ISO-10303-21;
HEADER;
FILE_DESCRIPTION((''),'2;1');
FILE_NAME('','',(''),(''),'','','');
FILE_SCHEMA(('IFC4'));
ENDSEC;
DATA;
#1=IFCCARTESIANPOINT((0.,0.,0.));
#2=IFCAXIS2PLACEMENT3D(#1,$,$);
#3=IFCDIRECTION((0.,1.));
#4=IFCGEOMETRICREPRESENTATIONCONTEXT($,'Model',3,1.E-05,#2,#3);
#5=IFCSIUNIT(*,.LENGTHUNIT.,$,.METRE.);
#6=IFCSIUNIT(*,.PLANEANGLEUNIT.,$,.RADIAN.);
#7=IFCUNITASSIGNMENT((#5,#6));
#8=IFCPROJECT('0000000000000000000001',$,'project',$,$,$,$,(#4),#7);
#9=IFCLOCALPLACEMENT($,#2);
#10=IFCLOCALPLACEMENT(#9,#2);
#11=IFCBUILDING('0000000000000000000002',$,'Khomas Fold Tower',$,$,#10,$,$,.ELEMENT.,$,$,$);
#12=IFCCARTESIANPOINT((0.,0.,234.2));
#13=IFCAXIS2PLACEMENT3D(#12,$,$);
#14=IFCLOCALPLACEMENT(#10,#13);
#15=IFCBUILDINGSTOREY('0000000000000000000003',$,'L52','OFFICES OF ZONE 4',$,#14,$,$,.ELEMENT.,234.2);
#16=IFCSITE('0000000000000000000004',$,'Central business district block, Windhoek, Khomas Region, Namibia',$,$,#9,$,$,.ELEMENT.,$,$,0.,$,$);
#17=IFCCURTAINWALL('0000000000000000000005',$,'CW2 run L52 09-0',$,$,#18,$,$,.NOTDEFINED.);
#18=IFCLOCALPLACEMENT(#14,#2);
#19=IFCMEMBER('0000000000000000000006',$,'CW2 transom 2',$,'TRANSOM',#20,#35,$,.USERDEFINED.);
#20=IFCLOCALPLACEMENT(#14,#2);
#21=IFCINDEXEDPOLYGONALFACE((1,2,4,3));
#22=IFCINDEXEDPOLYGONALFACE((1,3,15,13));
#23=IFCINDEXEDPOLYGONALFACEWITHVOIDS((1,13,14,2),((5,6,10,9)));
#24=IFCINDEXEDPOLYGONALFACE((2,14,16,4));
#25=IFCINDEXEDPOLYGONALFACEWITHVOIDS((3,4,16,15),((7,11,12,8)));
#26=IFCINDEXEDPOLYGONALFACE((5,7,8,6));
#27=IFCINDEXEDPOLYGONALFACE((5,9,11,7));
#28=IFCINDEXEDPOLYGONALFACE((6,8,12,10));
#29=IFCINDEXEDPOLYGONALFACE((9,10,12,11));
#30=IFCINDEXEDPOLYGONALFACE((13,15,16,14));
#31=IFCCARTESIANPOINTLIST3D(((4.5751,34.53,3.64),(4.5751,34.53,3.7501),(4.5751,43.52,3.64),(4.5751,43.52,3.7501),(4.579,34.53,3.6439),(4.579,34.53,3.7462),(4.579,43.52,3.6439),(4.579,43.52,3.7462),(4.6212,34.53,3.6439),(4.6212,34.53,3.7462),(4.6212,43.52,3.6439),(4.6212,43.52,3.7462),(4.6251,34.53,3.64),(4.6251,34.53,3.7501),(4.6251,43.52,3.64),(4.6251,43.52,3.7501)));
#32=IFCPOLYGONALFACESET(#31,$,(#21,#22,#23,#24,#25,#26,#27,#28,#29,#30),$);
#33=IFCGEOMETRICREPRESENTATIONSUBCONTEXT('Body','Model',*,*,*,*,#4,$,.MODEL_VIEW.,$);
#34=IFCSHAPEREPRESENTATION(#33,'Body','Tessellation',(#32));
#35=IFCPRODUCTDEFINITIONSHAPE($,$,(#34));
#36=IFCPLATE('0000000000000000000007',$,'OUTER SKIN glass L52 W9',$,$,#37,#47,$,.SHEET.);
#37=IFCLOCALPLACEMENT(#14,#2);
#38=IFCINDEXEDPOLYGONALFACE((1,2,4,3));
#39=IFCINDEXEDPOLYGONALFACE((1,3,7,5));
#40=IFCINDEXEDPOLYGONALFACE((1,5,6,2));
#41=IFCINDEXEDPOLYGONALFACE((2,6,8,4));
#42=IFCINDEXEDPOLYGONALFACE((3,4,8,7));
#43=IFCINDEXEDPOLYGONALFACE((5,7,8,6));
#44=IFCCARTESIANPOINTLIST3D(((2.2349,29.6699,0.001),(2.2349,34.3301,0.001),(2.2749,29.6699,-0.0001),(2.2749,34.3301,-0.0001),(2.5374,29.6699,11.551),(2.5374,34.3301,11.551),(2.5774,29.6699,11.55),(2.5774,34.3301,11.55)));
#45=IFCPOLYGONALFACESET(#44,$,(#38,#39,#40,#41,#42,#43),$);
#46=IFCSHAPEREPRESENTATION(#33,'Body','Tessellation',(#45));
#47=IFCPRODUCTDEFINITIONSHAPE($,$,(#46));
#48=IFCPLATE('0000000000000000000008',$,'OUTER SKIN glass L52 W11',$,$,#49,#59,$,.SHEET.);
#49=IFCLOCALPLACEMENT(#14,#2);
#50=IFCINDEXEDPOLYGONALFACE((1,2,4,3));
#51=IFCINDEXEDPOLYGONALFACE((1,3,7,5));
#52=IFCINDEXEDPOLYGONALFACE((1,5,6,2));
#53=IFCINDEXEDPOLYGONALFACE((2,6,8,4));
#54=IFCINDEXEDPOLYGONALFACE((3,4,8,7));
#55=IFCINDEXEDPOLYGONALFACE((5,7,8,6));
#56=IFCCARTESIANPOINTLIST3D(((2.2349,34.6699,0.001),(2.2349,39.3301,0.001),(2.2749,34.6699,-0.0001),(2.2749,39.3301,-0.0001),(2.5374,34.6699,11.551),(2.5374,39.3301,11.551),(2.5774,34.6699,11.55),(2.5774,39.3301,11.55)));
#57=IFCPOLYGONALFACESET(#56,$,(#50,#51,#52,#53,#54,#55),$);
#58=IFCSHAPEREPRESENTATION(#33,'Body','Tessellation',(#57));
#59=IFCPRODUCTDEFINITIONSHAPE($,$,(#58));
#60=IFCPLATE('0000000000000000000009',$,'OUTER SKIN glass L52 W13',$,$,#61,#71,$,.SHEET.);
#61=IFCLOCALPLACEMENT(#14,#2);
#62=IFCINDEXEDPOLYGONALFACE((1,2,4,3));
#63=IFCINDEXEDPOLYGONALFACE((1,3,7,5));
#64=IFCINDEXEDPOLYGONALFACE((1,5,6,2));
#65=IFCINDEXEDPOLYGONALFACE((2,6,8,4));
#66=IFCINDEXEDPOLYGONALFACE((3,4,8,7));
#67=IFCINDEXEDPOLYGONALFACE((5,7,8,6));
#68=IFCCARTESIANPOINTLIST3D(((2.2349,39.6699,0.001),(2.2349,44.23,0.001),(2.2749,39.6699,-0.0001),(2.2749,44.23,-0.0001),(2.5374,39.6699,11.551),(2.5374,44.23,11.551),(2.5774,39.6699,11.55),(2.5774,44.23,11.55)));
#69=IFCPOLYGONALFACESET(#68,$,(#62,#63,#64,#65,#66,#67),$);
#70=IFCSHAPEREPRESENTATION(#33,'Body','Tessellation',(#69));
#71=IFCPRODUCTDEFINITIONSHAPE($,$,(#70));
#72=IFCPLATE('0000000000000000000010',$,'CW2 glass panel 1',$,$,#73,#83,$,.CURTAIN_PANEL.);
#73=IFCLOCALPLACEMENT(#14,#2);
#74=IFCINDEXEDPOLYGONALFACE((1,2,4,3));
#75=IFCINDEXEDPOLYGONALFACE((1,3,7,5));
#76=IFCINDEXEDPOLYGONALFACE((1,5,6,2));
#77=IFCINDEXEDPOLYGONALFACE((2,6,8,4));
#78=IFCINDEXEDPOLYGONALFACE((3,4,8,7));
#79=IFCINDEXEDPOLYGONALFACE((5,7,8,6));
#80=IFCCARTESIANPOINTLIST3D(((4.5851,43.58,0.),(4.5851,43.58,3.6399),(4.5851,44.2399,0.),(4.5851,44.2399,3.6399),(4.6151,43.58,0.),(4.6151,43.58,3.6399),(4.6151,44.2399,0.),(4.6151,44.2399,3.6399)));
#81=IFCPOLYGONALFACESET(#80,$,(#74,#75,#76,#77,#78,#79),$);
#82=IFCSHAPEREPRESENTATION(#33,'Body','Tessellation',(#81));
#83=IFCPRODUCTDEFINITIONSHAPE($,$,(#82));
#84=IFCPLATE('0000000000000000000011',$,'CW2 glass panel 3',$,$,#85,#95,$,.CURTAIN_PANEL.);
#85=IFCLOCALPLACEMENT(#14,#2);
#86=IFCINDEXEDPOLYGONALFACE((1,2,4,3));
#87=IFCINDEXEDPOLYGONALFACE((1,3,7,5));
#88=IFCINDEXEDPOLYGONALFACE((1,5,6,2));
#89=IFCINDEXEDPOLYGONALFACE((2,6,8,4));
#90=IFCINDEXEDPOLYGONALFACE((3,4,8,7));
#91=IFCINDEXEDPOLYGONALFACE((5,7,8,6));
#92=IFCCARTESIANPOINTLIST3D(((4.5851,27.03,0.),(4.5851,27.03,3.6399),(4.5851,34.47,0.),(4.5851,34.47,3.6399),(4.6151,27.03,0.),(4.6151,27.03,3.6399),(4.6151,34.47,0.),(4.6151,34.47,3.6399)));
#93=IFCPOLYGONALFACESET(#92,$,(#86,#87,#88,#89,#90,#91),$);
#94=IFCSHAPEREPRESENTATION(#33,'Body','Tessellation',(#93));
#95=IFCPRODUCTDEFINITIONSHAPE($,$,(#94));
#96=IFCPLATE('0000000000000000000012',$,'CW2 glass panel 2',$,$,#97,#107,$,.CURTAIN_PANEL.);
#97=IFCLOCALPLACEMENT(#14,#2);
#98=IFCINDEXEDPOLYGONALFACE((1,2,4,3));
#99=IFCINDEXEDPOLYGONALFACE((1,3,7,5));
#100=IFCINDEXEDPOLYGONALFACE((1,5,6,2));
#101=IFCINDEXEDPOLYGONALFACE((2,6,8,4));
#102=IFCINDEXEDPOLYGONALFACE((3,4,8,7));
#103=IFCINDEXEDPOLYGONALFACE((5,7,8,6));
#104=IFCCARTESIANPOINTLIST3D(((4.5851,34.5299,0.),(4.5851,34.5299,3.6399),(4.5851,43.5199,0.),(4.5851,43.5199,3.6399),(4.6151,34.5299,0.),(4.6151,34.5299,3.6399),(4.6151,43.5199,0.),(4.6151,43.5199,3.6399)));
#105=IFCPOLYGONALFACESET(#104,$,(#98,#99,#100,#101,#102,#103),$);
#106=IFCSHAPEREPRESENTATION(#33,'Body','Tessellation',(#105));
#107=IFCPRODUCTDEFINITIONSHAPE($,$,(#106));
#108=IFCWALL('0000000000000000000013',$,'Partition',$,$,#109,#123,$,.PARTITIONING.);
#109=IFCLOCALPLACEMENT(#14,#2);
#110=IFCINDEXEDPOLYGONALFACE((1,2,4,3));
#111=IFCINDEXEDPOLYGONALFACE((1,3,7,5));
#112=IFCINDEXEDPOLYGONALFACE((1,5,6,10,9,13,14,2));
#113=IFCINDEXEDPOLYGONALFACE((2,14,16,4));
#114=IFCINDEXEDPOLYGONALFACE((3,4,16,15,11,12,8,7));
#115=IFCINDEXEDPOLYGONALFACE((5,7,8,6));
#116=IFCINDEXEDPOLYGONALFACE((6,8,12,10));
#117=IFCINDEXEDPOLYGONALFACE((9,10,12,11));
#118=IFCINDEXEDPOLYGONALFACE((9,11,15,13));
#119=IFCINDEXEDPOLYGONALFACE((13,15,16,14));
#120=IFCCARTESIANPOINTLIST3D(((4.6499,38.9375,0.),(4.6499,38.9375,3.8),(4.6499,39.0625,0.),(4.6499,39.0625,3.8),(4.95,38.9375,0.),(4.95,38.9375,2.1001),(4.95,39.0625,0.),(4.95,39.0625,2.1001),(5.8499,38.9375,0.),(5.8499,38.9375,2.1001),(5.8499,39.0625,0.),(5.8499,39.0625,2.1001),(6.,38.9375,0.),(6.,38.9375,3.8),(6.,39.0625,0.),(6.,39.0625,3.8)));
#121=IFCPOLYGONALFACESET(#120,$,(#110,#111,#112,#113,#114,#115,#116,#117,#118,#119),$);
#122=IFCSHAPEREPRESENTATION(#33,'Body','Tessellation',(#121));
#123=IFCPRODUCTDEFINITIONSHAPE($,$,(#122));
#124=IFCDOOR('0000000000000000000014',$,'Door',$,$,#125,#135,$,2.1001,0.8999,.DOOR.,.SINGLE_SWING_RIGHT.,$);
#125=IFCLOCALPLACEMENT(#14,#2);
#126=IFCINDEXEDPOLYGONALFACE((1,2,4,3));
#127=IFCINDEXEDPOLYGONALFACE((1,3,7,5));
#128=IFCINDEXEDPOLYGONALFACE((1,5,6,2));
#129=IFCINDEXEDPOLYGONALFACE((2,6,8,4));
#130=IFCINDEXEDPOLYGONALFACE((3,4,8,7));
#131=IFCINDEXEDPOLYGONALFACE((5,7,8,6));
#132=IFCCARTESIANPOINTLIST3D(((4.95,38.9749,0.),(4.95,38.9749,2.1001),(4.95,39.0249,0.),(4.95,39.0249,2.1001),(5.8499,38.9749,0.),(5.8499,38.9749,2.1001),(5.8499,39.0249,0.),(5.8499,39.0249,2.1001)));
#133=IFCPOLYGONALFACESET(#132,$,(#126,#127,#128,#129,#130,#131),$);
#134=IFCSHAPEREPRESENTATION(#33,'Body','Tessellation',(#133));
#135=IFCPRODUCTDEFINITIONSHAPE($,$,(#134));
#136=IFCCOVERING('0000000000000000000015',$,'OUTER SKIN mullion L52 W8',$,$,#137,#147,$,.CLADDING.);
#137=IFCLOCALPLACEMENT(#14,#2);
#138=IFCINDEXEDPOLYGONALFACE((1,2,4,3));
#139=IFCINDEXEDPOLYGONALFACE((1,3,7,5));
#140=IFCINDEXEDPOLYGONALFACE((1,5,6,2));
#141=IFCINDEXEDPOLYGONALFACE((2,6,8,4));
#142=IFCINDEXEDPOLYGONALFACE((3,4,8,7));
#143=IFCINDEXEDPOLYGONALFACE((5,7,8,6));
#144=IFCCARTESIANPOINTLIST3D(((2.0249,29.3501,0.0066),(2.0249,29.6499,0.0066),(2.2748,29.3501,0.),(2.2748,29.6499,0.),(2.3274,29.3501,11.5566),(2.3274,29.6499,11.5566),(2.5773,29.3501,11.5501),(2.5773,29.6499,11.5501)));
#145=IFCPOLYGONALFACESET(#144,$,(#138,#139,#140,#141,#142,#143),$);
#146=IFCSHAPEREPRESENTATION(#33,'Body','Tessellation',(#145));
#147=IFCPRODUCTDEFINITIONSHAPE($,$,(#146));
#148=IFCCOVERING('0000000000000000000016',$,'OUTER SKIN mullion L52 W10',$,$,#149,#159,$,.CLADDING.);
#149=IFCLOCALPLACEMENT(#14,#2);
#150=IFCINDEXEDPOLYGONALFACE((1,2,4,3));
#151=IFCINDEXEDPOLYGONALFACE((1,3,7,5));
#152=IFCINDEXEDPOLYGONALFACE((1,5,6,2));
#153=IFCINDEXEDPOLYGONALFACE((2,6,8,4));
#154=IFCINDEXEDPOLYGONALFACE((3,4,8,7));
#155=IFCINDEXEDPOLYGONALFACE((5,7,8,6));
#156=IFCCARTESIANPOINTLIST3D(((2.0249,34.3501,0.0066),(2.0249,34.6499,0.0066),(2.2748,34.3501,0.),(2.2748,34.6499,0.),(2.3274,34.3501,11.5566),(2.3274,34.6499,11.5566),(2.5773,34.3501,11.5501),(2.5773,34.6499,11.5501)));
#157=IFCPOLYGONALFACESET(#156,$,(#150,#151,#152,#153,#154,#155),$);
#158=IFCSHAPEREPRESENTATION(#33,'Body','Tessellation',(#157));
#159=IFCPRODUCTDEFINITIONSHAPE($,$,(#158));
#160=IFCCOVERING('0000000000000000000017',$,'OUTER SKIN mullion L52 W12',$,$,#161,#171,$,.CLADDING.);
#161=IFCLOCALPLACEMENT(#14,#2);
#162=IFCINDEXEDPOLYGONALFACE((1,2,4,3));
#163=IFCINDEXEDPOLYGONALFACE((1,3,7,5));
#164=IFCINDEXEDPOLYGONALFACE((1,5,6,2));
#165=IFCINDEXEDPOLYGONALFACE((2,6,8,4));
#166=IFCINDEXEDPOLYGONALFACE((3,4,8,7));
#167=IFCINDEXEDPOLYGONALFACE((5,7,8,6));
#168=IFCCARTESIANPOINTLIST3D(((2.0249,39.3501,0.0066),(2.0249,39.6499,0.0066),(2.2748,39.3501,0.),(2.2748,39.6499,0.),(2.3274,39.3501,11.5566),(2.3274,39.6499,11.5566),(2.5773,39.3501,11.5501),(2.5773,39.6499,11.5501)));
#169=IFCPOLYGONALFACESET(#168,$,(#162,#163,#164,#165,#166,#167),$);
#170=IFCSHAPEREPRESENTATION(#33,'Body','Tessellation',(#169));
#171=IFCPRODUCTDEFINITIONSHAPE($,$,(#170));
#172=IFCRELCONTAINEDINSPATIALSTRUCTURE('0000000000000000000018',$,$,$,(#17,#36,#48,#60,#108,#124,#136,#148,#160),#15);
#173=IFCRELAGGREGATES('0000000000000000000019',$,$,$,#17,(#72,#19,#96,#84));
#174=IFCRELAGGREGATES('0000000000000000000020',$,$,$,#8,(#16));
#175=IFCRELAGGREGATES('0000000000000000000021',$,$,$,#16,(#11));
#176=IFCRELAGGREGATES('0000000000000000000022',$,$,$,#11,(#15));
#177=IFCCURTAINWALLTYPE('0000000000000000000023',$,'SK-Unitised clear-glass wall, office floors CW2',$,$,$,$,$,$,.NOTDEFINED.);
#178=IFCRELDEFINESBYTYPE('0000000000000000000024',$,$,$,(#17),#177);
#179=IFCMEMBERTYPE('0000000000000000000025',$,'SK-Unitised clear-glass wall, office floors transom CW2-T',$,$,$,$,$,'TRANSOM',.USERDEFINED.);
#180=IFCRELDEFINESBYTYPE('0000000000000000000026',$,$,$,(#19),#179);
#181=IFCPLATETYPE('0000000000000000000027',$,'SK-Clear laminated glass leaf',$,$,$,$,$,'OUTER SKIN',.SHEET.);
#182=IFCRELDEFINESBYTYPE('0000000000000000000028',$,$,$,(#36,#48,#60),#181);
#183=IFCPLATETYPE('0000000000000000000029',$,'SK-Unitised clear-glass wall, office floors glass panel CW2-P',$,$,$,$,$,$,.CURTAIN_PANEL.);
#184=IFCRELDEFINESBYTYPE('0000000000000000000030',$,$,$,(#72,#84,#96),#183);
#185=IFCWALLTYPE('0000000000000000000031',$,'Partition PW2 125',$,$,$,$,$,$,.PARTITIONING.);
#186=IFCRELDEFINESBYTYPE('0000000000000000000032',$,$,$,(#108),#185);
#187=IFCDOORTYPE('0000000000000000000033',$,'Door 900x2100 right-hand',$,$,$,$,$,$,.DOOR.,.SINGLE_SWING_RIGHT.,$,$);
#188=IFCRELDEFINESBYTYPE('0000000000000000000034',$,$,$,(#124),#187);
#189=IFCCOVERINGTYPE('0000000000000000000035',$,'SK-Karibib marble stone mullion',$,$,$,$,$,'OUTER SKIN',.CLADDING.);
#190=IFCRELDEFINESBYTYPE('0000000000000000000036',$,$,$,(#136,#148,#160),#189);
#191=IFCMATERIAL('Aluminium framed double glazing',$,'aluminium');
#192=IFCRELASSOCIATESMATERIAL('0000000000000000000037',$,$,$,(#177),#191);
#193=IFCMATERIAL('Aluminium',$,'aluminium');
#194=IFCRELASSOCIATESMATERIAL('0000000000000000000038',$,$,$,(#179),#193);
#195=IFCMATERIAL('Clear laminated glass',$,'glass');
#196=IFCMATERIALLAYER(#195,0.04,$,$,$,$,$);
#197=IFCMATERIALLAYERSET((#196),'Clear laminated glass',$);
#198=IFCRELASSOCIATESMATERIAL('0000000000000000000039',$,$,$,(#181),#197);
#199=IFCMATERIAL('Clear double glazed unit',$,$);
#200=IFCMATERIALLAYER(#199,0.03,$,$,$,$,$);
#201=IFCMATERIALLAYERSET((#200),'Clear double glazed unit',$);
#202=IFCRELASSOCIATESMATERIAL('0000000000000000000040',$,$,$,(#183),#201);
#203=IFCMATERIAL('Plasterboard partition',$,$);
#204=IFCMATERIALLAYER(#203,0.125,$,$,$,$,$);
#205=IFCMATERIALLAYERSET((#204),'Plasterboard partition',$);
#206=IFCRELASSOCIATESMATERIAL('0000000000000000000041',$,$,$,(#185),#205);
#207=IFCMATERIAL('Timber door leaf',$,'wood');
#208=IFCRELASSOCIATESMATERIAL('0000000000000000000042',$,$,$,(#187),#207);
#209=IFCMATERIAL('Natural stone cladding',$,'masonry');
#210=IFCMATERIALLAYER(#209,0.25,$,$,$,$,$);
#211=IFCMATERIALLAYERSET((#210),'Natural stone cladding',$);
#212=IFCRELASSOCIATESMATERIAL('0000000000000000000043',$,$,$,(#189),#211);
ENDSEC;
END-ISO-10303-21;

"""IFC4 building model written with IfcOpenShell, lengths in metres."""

from ifc_helpers import new_model, si_unit, direction, frame, frame_2d, origin, origin_2d, place, context, subcontext, project, spatial, polyline, rectangle, hollow_rectangle, outline, extrude, source, transform, mapped, material, layer, layer_set, material_profile, profile_set, type_object, element, fill, aggregate, save


model = new_model("IFC4")

# Units and contexts
model_context = context("Model", 3, precision=1e-05, world=origin(), true_north=direction((0.0, 1.0)))
body_context = subcontext(model_context, "Body", "Model", "MODEL_VIEW")
ifc_project = project(units=[si_unit("LENGTHUNIT", "METRE"), si_unit("PLANEANGLEUNIT", "RADIAN")], contexts=[model_context])

# Site, building, storey
site_placement = place(None, origin())
site = spatial("IfcSite", under=ifc_project, at=site_placement, Name="Central business district block, Windhoek, Khomas Region, Namibia", CompositionType="ELEMENT", RefElevation=0.0)
building_placement = place(site_placement, origin())
building = spatial("IfcBuilding", under=site, at=building_placement, Name="Khomas Fold Tower", CompositionType="ELEMENT")
storey_placement = place(building_placement, frame((0.0, 0.0, 234.2)))
storey = spatial("IfcBuildingStorey", under=building, at=storey_placement, Name="L52", Description="OFFICES OF ZONE 4", CompositionType="ELEMENT", Elevation=234.2)

# Curtain wall, member
ifc_material_1 = material(Name="Aluminium framed double glazing", Category="aluminium")
curtain_wall_type = type_object("IfcCurtainWallType", Name="SK-Unitised clear-glass wall, office floors CW2", PredefinedType="NOTDEFINED", material=ifc_material_1)
curtain_wall_placement = place(storey_placement, origin())
curtain_wall = element("IfcCurtainWall", 1, at=curtain_wall_placement, inside=storey, type_object=curtain_wall_type, Name="CW2 run L52 09-0", PredefinedType="NOTDEFINED")
ifc_material_2 = material(Name="Aluminium", Category="aluminium")
ifc_material_profile_1 = material_profile(ifc_material_2, hollow_rectangle(XDim=0.05, YDim=0.1101, WallThickness=0.0039, at=origin_2d()), Name="SK-Unitised clear-glass wall, office floors transom CW2-T")
ifc_profile_set_1 = profile_set([ifc_material_profile_1], Name="Aluminium")
member_type_1 = type_object("IfcMemberType", Name="SK-Unitised clear-glass wall, office floors transom CW2-T", ElementType="TRANSOM", PredefinedType="USERDEFINED", material=ifc_profile_set_1)
shared_shape_1 = source(origin(), body_context, "Body", "SweptSolid", [
    extrude(hollow_rectangle(XDim=0.05, YDim=0.1101, WallThickness=0.0039, at=origin_2d()), origin(), (0.0, 0.0, 1.0), 8.99),
])
member_1_placement = place(storey_placement, frame((4.6001, 43.52, 3.6951), z_axis=(0.0, -1.0, 0.0), x_axis=(1.0, 0.0, 0.0)))
member_1 = element("IfcMember", 2, at=member_1_placement, type_object=member_type_1, Name="CW2 transom 2", ObjectType="TRANSOM", PredefinedType="USERDEFINED", context=body_context, shape_type="MappedRepresentation", body=[
    mapped(shared_shape_1, transform((0.0, 0.0, 0.0))),
])

# Plates
ifc_material_3 = material(Name="Clear laminated glass", Category="glass")
ifc_layer_1 = layer(ifc_material_3, 0.04)
ifc_layer_set_1 = layer_set([ifc_layer_1], Name="Clear laminated glass")
plate_type_1 = type_object("IfcPlateType", Name="SK-Clear laminated glass leaf", ElementType="OUTER SKIN", PredefinedType="SHEET", material=ifc_layer_set_1)
for number, where, z_axis, x_axis, name in (
    (3, (2.2349, 29.6699, 0.001), (-0.999657, 0.0, 0.026181), (0.0, 1.0, 0.0), "OUTER SKIN glass L52 W9"),
    (4, (2.2349, 34.6699, 0.001), (-0.999657, 0.0, 0.026181), (0.0, 1.0, 0.0), "OUTER SKIN glass L52 W11"),
):
    element("IfcPlate", number, at=place(storey_placement, frame(where, z_axis=z_axis, x_axis=x_axis)), inside=storey, type_object=plate_type_1, Name=name, PredefinedType="SHEET", context=body_context, shape_type="SweptSolid", body=[
        extrude(outline(polyline([(0.0, 0.0), (4.6602, 0.0), (4.6602, -11.554), (0.0, -11.554), (0.0, 0.0)])), origin(), (0.0, 0.0, -1.0), 0.04),
    ])
plate_1_placement = place(storey_placement, frame((2.2349, 39.6699, 0.001), z_axis=(-0.999657, 0.0, 0.026181), x_axis=(0.0, 1.0, 0.0)))
element("IfcPlate", 5, at=plate_1_placement, inside=storey, type_object=plate_type_1, Name="OUTER SKIN glass L52 W13", PredefinedType="SHEET", context=body_context, shape_type="SweptSolid", body=[
    extrude(outline(polyline([(0.0, 0.0), (4.5601, 0.0), (4.5601, -11.554), (0.0, -11.554), (0.0, 0.0)])), origin(), (0.0, 0.0, -1.0), 0.04),
])

# Plates
ifc_material_4 = material(Name="Clear double glazed unit")
ifc_layer_2 = layer(ifc_material_4, 0.03)
ifc_layer_set_2 = layer_set([ifc_layer_2], Name="Clear double glazed unit")
plate_type_2 = type_object("IfcPlateType", Name="SK-Unitised clear-glass wall, office floors glass panel CW2-P", PredefinedType="CURTAIN_PANEL", material=ifc_layer_set_2)
shared_shape_2 = source(origin(), body_context, "Body", "SweptSolid", [
    extrude(rectangle(XDim=0.6599, YDim=0.03, at=origin_2d()), origin(), (0.0, 0.0, 1.0), 3.6399),
])
plate_2_placement = place(storey_placement, frame((4.6001, 43.9099, 0.0), z_axis=(0.0, 0.0, 1.0), x_axis=(0.0, -1.0, 0.0)))
plate_2 = element("IfcPlate", 6, at=plate_2_placement, type_object=plate_type_2, Name="CW2 glass panel 1", PredefinedType="CURTAIN_PANEL", context=body_context, shape_type="MappedRepresentation", body=[
    mapped(shared_shape_2, transform((0.0, 0.0, 0.0))),
])
shared_shape_3 = source(origin(), body_context, "Body", "SweptSolid", [
    extrude(rectangle(XDim=7.4399, YDim=0.03, at=origin_2d()), origin(), (0.0, 0.0, 1.0), 3.6399),
])
plate_3_placement = place(storey_placement, frame((4.6001, 30.75, 0.0), z_axis=(0.0, 0.0, 1.0), x_axis=(0.0, -1.0, 0.0)))
plate_3 = element("IfcPlate", 7, at=plate_3_placement, type_object=plate_type_2, Name="CW2 glass panel 3", PredefinedType="CURTAIN_PANEL", context=body_context, shape_type="MappedRepresentation", body=[
    mapped(shared_shape_3, transform((0.0, 0.0, 0.0))),
])
shared_shape_4 = source(origin(), body_context, "Body", "SweptSolid", [
    extrude(rectangle(XDim=8.99, YDim=0.03, at=origin_2d()), origin(), (0.0, 0.0, 1.0), 3.6399),
])
plate_4_placement = place(storey_placement, frame((4.6001, 39.0249, 0.0), z_axis=(0.0, 0.0, 1.0), x_axis=(0.0, -1.0, 0.0)))
plate_4 = element("IfcPlate", 8, at=plate_4_placement, type_object=plate_type_2, Name="CW2 glass panel 2", PredefinedType="CURTAIN_PANEL", context=body_context, shape_type="MappedRepresentation", body=[
    mapped(shared_shape_4, transform((0.0, 0.0, 0.0))),
])
aggregate(curtain_wall, [plate_2, member_1, plate_4, plate_3])

# Wall, opening, door
ifc_material_5 = material(Name="Plasterboard partition")
ifc_layer_3 = layer(ifc_material_5, 0.125)
ifc_layer_set_3 = layer_set([ifc_layer_3], Name="Plasterboard partition")
wall_type = type_object("IfcWallType", Name="Partition PW2 125", PredefinedType="PARTITIONING", material=ifc_layer_set_3)
shared_shape_5 = source(origin(), body_context, "Body", "SweptSolid", [
    extrude(rectangle(XDim=1.3501, YDim=0.125, at=frame_2d((0.675, 0.0))), origin(), (0.0, 0.0, 1.0), 3.8),
])
wall_placement = place(storey_placement, frame((4.6499, 39.0, 0.0), z_axis=(0.0, 0.0, 1.0), x_axis=(1.0, 0.0, 0.0)))
wall = element("IfcWall", 9, at=wall_placement, inside=storey, type_object=wall_type, Name="Partition", PredefinedType="PARTITIONING", context=body_context, shape_type="MappedRepresentation", body=[
    mapped(shared_shape_5, transform((0.0, 0.0, 0.0))),
])
shared_shape_6 = source(origin(), body_context, "Body", "SweptSolid", [
    extrude(rectangle(XDim=0.8999, YDim=2.1001, at=frame_2d((0.45, 1.05))), frame((0.0, 0.0725, 0.0), z_axis=(0.0, -1.0, 0.0), x_axis=(1.0, 0.0, 0.0)), (0.0, 0.0, 1.0), 0.145),
])
opening_placement = place(wall_placement, frame((0.3, 0.0, 0.0)))
opening = element("IfcOpeningElement", 10, at=opening_placement, cuts=wall, PredefinedType="OPENING", context=body_context, shape_type="MappedRepresentation", body=[
    mapped(shared_shape_6, transform((0.0, 0.0, 0.0))),
])
ifc_material_6 = material(Name="Timber door leaf", Category="wood")
door_type = type_object("IfcDoorType", Name="Door 900x2100 right-hand", OperationType="SINGLE_SWING_RIGHT", PredefinedType="DOOR", material=ifc_material_6)
shared_shape_7 = source(origin(), body_context, "Body", "SweptSolid", [
    extrude(rectangle(XDim=0.8999, YDim=2.1001, at=frame_2d((0.45, 1.05))), frame((0.0, 0.0249, 0.0), z_axis=(0.0, -1.0, 0.0), x_axis=(1.0, 0.0, 0.0)), (0.0, 0.0, 1.0), 0.05),
])
door_placement = place(opening_placement, origin())
door = element("IfcDoor", 11, at=door_placement, inside=storey, type_object=door_type, Name="Door", OperationType="SINGLE_SWING_RIGHT", OverallHeight=2.1001, OverallWidth=0.8999, PredefinedType="DOOR", context=body_context, shape_type="MappedRepresentation", body=[
    mapped(shared_shape_7, transform((0.0, 0.0, 0.0))),
])
fill(opening, door)

# Coverings
ifc_material_7 = material(Name="Natural stone cladding", Category="masonry")
ifc_layer_4 = layer(ifc_material_7, 0.25)
ifc_layer_set_4 = layer_set([ifc_layer_4], Name="Natural stone cladding")
covering_type = type_object("IfcCoveringType", Name="SK-Karibib marble stone mullion", ElementType="OUTER SKIN", PredefinedType="CLADDING", material=ifc_layer_set_4)
for number, where, z_axis, x_axis, name in (
    (12, (2.0249, 29.3501, 0.0066), (-0.999657, 0.0, 0.026181), (0.0, 1.0, 0.0), "OUTER SKIN mullion L52 W8"),
    (13, (2.0249, 34.3501, 0.0066), (-0.999657, 0.0, 0.026181), (0.0, 1.0, 0.0), "OUTER SKIN mullion L52 W10"),
    (14, (2.0249, 39.3501, 0.0066), (-0.999657, 0.0, 0.026181), (0.0, 1.0, 0.0), "OUTER SKIN mullion L52 W12"),
):
    element("IfcCovering", number, at=place(storey_placement, frame(where, z_axis=z_axis, x_axis=x_axis)), inside=storey, type_object=covering_type, Name=name, PredefinedType="CLADDING", context=body_context, shape_type="SweptSolid", body=[
        extrude(outline(polyline([(0.0, 0.0), (0.2998, 0.0), (0.2998, -11.554), (0.0, -11.554), (0.0, 0.0)])), origin(), (0.0, 0.0, -1.0), 0.25),
    ])

save(model, "model.ifc")
